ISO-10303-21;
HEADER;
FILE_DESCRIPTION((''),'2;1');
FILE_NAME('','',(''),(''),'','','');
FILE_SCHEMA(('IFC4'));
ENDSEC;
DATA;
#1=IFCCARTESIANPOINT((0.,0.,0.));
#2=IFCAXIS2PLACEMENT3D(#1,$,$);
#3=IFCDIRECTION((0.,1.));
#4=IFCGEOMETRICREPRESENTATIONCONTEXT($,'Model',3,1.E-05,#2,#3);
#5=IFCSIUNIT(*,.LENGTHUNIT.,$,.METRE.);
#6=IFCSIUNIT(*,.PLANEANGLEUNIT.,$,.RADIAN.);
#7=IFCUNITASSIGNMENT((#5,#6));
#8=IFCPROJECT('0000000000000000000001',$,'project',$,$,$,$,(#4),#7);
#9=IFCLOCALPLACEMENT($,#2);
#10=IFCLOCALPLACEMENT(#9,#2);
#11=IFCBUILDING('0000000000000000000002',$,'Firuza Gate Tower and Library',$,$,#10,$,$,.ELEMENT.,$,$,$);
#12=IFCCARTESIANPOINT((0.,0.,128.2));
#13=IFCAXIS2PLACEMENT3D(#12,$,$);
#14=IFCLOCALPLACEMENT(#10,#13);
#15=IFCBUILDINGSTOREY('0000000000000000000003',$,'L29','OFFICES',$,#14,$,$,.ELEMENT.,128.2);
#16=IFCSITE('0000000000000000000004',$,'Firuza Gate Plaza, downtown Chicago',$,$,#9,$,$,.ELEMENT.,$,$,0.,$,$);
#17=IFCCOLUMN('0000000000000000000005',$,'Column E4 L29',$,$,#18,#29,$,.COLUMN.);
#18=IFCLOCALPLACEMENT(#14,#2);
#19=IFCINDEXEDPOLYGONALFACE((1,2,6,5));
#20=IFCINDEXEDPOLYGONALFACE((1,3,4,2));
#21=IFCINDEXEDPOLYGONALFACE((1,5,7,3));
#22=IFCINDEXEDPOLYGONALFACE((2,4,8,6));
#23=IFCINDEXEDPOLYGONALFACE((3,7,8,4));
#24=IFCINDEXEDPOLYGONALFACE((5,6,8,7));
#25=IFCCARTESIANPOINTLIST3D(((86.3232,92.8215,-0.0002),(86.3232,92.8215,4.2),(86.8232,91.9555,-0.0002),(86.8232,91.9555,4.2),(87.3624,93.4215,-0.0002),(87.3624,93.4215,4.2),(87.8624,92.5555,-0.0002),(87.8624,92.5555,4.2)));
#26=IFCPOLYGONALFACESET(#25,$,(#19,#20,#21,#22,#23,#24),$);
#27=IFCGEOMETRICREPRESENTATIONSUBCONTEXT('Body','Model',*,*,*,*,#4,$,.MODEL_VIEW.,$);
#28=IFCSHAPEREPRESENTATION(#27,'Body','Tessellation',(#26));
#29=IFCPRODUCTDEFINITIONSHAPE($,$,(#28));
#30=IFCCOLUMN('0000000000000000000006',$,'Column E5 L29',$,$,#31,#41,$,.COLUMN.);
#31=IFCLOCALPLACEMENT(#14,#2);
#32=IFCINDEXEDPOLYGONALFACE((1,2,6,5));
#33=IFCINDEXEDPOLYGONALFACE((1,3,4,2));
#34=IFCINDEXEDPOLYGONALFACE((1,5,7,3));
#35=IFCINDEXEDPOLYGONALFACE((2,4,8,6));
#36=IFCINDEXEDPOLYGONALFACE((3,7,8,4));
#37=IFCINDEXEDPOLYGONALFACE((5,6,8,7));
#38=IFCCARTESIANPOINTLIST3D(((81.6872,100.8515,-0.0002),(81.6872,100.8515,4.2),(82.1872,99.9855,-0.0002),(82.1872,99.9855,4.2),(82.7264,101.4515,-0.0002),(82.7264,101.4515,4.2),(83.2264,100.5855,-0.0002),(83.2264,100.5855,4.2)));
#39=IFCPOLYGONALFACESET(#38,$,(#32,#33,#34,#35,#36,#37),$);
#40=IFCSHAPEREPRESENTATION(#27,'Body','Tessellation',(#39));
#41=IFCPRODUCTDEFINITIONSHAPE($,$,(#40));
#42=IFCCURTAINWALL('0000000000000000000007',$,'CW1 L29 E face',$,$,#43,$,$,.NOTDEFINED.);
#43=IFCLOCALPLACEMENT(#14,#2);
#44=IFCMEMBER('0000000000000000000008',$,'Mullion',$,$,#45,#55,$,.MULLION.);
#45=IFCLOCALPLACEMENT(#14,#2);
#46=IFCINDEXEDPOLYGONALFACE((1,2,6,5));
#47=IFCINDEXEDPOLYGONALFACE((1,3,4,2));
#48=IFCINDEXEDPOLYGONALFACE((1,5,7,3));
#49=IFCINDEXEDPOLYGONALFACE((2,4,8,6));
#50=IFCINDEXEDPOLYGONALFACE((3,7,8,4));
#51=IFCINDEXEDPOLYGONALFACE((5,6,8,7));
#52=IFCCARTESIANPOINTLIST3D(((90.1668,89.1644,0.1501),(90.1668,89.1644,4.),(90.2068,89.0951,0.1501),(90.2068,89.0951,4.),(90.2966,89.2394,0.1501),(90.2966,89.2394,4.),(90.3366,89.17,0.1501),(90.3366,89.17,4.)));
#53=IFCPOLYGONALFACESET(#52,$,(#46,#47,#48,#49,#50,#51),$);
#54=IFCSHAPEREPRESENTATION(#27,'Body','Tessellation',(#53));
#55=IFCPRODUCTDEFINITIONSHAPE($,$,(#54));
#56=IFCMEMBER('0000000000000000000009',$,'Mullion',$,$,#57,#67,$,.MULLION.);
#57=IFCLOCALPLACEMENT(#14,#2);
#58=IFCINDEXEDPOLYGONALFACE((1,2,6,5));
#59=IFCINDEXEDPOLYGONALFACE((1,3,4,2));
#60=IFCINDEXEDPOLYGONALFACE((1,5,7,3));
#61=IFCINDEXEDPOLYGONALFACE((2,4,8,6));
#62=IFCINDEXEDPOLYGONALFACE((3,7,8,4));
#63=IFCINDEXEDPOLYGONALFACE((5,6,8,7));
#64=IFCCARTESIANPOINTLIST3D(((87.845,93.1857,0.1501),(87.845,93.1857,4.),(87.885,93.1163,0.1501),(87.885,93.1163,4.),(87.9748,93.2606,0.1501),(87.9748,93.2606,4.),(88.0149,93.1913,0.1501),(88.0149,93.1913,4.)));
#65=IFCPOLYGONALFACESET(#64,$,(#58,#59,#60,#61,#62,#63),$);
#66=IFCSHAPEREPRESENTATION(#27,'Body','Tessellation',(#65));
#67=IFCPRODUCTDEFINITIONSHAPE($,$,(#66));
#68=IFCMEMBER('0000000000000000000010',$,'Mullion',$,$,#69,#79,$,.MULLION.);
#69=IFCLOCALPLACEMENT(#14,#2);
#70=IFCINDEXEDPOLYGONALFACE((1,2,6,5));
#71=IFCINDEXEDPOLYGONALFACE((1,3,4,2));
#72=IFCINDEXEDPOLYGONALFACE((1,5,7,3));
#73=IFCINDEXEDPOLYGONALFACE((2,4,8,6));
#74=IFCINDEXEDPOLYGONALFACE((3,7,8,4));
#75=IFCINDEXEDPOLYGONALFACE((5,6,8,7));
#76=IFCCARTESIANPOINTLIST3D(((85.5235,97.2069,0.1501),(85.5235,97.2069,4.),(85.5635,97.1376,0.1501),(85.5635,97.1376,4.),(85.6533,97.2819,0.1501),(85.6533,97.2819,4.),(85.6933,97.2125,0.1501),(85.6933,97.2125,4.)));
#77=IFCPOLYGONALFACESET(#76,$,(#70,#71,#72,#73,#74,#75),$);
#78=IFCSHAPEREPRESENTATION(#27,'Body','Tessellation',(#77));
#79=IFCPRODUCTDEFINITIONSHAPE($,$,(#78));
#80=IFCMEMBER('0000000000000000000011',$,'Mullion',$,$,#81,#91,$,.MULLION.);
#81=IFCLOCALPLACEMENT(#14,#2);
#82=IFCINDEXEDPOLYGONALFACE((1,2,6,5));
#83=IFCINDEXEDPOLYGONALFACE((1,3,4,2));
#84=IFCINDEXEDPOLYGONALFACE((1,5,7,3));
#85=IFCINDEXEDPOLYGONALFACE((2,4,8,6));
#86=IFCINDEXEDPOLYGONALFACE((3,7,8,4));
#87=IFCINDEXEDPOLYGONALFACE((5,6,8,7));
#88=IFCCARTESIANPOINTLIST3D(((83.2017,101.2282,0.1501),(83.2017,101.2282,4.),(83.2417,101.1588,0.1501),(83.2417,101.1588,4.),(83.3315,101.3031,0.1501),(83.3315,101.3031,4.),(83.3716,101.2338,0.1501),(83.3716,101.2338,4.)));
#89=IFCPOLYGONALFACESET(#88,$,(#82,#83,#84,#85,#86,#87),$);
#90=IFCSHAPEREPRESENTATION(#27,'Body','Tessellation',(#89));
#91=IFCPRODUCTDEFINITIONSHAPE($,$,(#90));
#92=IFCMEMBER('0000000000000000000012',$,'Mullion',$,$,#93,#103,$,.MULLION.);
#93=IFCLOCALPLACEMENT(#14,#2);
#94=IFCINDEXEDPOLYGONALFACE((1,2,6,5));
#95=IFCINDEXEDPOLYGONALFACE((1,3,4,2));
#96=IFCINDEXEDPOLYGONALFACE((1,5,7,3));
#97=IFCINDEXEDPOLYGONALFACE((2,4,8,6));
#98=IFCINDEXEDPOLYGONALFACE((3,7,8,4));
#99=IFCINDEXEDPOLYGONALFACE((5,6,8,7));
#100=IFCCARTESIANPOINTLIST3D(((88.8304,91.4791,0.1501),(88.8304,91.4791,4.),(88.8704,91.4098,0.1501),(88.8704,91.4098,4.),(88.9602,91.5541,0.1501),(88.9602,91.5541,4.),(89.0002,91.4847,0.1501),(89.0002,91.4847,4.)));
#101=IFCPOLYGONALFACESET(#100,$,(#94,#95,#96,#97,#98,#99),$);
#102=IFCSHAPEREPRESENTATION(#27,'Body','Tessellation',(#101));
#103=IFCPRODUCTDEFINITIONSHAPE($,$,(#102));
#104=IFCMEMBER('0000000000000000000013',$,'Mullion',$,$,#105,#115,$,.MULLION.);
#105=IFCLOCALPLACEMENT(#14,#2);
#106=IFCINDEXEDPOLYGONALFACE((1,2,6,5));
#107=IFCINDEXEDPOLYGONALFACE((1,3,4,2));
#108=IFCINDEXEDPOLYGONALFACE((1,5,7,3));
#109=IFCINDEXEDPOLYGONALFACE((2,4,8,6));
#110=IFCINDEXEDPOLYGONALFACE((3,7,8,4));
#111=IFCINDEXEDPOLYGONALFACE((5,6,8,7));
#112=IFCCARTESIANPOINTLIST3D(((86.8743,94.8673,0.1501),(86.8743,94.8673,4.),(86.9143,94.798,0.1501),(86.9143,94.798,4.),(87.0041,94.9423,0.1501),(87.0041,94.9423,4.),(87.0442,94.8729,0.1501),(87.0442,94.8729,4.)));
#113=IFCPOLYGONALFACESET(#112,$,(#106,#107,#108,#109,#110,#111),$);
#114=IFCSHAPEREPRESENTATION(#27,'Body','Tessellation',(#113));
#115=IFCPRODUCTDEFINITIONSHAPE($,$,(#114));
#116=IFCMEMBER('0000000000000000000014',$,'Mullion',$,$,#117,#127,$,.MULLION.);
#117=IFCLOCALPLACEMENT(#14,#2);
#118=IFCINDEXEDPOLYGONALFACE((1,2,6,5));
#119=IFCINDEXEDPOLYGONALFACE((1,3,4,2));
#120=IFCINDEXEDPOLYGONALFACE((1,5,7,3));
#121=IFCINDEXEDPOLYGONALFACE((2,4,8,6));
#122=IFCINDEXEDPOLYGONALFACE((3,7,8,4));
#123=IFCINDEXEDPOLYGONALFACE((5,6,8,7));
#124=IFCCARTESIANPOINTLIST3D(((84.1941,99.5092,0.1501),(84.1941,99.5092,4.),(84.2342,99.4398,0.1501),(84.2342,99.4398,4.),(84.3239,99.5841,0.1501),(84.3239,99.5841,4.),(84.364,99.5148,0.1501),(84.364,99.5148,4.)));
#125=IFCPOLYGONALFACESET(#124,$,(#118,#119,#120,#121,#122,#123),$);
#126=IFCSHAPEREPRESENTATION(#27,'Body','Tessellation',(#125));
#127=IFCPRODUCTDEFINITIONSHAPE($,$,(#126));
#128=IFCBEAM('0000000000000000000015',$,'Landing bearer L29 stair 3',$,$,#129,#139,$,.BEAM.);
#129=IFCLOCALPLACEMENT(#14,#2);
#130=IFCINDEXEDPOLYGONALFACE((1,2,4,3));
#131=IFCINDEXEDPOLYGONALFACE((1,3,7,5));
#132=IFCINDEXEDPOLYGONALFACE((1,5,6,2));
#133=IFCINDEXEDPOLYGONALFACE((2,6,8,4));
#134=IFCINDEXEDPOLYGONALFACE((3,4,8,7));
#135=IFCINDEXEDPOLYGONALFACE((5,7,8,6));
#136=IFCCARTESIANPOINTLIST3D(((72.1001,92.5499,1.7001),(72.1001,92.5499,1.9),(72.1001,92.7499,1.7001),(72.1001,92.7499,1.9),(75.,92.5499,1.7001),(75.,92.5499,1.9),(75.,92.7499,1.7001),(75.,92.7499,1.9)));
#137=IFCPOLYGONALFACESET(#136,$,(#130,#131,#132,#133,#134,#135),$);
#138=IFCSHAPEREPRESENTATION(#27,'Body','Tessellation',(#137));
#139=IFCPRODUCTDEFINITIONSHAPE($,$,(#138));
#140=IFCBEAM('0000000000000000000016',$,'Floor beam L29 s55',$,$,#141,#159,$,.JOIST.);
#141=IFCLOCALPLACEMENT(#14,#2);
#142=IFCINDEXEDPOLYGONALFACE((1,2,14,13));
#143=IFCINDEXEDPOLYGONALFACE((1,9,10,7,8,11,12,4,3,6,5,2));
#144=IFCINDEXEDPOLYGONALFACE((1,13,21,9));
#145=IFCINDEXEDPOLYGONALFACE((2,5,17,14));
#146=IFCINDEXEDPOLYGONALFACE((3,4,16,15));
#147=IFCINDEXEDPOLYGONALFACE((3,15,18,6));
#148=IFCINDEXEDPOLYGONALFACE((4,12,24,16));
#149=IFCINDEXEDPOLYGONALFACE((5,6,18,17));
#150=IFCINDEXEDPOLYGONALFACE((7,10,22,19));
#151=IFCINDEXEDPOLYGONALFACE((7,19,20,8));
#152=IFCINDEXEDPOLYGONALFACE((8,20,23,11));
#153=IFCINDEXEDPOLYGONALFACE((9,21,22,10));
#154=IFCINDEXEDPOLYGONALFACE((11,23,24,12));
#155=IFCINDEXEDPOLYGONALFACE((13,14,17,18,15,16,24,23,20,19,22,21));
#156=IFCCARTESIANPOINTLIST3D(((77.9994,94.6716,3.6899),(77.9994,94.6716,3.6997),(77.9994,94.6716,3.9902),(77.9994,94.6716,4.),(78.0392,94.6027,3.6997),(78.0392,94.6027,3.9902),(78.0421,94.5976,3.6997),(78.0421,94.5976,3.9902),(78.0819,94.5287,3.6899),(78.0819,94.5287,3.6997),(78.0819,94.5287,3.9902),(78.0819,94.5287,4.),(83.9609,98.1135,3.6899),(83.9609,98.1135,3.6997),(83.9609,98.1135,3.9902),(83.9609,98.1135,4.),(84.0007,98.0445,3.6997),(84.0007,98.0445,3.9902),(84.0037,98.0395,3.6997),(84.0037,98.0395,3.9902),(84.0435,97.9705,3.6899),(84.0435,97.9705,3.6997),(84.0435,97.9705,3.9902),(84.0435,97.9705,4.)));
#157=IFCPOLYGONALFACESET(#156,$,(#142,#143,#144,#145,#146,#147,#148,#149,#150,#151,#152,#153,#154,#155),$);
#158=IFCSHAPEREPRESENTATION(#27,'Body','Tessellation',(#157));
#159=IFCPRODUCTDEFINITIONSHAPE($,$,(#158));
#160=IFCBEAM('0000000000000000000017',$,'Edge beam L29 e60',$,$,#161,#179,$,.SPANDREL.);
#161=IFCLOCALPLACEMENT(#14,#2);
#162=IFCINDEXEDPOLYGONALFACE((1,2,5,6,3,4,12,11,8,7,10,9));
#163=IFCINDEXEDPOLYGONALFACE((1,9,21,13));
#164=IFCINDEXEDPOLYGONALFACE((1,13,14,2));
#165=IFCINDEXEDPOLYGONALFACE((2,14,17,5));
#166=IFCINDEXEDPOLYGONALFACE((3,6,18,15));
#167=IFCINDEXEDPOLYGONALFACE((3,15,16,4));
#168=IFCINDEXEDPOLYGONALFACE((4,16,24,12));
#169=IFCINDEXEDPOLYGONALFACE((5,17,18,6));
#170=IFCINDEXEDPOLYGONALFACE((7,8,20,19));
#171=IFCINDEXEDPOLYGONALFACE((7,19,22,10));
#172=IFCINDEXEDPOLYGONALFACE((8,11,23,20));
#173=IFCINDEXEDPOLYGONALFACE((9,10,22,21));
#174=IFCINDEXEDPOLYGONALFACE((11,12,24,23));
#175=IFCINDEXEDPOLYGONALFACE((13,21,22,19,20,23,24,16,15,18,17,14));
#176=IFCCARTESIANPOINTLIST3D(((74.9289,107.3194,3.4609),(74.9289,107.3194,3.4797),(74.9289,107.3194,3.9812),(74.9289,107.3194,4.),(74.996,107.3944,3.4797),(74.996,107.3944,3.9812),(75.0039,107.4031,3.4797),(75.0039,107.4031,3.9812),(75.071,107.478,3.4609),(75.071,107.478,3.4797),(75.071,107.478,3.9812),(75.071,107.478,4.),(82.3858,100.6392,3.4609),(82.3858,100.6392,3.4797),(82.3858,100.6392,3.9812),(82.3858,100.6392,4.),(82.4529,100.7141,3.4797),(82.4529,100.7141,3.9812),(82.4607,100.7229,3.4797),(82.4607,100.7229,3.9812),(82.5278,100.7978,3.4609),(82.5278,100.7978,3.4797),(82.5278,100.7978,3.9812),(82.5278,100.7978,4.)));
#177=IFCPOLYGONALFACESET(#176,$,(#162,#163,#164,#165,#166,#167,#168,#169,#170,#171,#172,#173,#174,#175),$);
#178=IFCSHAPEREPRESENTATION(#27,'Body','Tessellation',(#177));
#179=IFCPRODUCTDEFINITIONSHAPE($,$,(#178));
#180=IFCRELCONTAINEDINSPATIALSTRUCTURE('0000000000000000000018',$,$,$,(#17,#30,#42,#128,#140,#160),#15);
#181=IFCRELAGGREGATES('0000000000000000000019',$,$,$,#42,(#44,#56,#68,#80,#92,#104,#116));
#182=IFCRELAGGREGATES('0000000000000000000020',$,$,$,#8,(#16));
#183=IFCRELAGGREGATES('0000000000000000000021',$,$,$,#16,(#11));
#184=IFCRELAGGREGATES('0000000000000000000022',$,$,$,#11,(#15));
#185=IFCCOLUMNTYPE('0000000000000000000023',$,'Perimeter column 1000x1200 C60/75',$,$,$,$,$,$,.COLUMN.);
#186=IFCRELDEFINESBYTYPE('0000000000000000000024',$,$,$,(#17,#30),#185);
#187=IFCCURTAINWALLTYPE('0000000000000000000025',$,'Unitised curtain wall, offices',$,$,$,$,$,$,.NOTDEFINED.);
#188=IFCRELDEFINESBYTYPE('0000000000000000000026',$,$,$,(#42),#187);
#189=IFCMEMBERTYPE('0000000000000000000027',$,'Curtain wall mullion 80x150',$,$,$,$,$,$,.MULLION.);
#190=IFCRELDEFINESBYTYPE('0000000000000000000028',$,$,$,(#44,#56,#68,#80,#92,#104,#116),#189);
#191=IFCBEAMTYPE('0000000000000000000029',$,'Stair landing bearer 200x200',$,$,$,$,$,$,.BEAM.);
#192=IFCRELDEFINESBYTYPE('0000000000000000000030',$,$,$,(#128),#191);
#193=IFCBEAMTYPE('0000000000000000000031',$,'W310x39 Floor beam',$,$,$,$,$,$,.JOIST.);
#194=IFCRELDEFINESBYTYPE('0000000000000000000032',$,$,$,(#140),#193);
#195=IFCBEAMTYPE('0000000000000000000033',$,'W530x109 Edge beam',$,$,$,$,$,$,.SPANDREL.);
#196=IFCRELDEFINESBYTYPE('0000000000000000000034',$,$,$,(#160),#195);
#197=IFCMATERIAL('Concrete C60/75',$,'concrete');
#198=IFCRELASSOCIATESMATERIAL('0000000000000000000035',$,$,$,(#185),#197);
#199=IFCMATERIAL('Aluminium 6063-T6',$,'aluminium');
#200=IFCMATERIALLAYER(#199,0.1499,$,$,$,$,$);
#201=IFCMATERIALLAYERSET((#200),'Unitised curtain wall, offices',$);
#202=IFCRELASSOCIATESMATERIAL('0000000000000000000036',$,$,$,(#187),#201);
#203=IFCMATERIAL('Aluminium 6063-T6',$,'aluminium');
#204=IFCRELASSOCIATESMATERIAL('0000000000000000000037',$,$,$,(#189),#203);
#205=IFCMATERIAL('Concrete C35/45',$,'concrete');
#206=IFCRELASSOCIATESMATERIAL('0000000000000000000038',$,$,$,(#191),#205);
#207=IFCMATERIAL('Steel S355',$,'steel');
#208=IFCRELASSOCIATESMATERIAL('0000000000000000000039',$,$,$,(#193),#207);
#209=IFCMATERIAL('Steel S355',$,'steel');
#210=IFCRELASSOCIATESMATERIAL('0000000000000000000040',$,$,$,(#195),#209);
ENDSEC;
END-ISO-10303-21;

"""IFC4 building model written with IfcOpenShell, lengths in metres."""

from ifc_helpers import new_model, si_unit, direction, frame, origin, origin_2d, place, context, subcontext, project, spatial, rectangle, i_section, extrude, material, layer, layer_set, material_profile, profile_set, type_object, element, aggregate, save


model = new_model("IFC4")

# Units and contexts
model_context = context("Model", 3, precision=1e-05, world=origin(), true_north=direction((0.0, 1.0)))
body_context = subcontext(model_context, "Body", "Model", "MODEL_VIEW")
ifc_project = project(units=[si_unit("LENGTHUNIT", "METRE"), si_unit("PLANEANGLEUNIT", "RADIAN")], contexts=[model_context])

# Site, building, storey
site_placement = place(None, origin())
site = spatial("IfcSite", under=ifc_project, at=site_placement, Name="Firuza Gate Plaza, downtown Chicago", CompositionType="ELEMENT", RefElevation=0.0)
building_placement = place(site_placement, origin())
building = spatial("IfcBuilding", under=site, at=building_placement, Name="Firuza Gate Tower and Library", CompositionType="ELEMENT")
storey_placement = place(building_placement, frame((0.0, 0.0, 128.2)))
storey = spatial("IfcBuildingStorey", under=building, at=storey_placement, Name="L29", Description="OFFICES", CompositionType="ELEMENT", Elevation=128.2)

# Columns
ifc_material_1 = material(Name="Concrete C60/75", Category="concrete")
ifc_material_profile_1 = material_profile(ifc_material_1, rectangle(XDim=1.0, YDim=1.2, at=origin_2d()))
ifc_profile_set_1 = profile_set([ifc_material_profile_1], Name="Concrete C60/75")
column_type = type_object("IfcColumnType", Name="Perimeter column 1000x1200 C60/75", PredefinedType="COLUMN", material=ifc_profile_set_1)
for number, where, z_axis, x_axis, name in (
    (1, (87.0928, 92.6885, -0.0002), (0.0, 0.0, 1.0), (-0.5, 0.866025, 0.0), "Column E4 L29"),
    (2, (82.4568, 100.7185, -0.0002), (0.0, 0.0, 1.0), (-0.5, 0.866025, 0.0), "Column E5 L29"),
):
    element("IfcColumn", number, at=place(storey_placement, frame(where, z_axis=z_axis, x_axis=x_axis)), inside=storey, type_object=column_type, Name=name, PredefinedType="COLUMN", context=body_context, shape_type="SweptSolid", body=[
        extrude(rectangle(XDim=1.0, YDim=1.2, at=origin_2d()), origin(), (0.0, 0.0, 1.0), 4.2002),
    ])

# Curtain wall, members
ifc_material_2 = material(Name="Aluminium 6063-T6", Category="aluminium")
ifc_layer_1 = layer(ifc_material_2, 0.1499)
ifc_layer_set_1 = layer_set([ifc_layer_1], Name="Unitised curtain wall, offices")
curtain_wall_type = type_object("IfcCurtainWallType", Name="Unitised curtain wall, offices", PredefinedType="NOTDEFINED", material=ifc_layer_set_1)
curtain_wall_placement = place(storey_placement, origin())
curtain_wall = element("IfcCurtainWall", 3, at=curtain_wall_placement, inside=storey, type_object=curtain_wall_type, Name="CW1 L29 E face", PredefinedType="NOTDEFINED")
ifc_material_3 = material(Name="Aluminium 6063-T6", Category="aluminium")
ifc_material_profile_2 = material_profile(ifc_material_3, rectangle(XDim=0.1499, YDim=0.0801, at=origin_2d()))
ifc_profile_set_2 = profile_set([ifc_material_profile_2], Name="Aluminium 6063-T6")
member_type = type_object("IfcMemberType", Name="Curtain wall mullion 80x150", PredefinedType="MULLION", material=ifc_profile_set_2)
member_1_placement = place(storey_placement, frame((90.2517, 89.1672, 0.1501), z_axis=(0.0, 0.0, 1.0), x_axis=(-0.866025, -0.5, 0.0)))
member_1 = element("IfcMember", 4, at=member_1_placement, type_object=member_type, Name="Mullion", PredefinedType="MULLION", context=body_context, shape_type="SweptSolid", body=[
    extrude(rectangle(XDim=0.1499, YDim=0.0801, at=origin_2d()), origin(), (0.0, 0.0, 1.0), 3.8499),
])
member_2_placement = place(storey_placement, frame((87.9299, 93.1885, 0.1501), z_axis=(0.0, 0.0, 1.0), x_axis=(-0.866025, -0.5, 0.0)))
member_2 = element("IfcMember", 5, at=member_2_placement, type_object=member_type, Name="Mullion", PredefinedType="MULLION", context=body_context, shape_type="SweptSolid", body=[
    extrude(rectangle(XDim=0.1499, YDim=0.0801, at=origin_2d()), origin(), (0.0, 0.0, 1.0), 3.8499),
])
member_3_placement = place(storey_placement, frame((85.6084, 97.2097, 0.1501), z_axis=(0.0, 0.0, 1.0), x_axis=(-0.866025, -0.5, 0.0)))
member_3 = element("IfcMember", 6, at=member_3_placement, type_object=member_type, Name="Mullion", PredefinedType="MULLION", context=body_context, shape_type="SweptSolid", body=[
    extrude(rectangle(XDim=0.1499, YDim=0.0801, at=origin_2d()), origin(), (0.0, 0.0, 1.0), 3.8499),
])
member_4_placement = place(storey_placement, frame((83.2866, 101.231, 0.1501), z_axis=(0.0, 0.0, 1.0), x_axis=(-0.866025, -0.5, 0.0)))
member_4 = element("IfcMember", 7, at=member_4_placement, type_object=member_type, Name="Mullion", PredefinedType="MULLION", context=body_context, shape_type="SweptSolid", body=[
    extrude(rectangle(XDim=0.1499, YDim=0.0801, at=origin_2d()), origin(), (0.0, 0.0, 1.0), 3.8499),
])
member_5_placement = place(storey_placement, frame((88.9153, 91.4819, 0.1501), z_axis=(0.0, 0.0, 1.0), x_axis=(-0.866025, -0.5, 0.0)))
member_5 = element("IfcMember", 8, at=member_5_placement, type_object=member_type, Name="Mullion", PredefinedType="MULLION", context=body_context, shape_type="SweptSolid", body=[
    extrude(rectangle(XDim=0.1499, YDim=0.0801, at=origin_2d()), origin(), (0.0, 0.0, 1.0), 3.8499),
])
member_6_placement = place(storey_placement, frame((86.9592, 94.8701, 0.1501), z_axis=(0.0, 0.0, 1.0), x_axis=(-0.866025, -0.5, 0.0)))
member_6 = element("IfcMember", 9, at=member_6_placement, type_object=member_type, Name="Mullion", PredefinedType="MULLION", context=body_context, shape_type="SweptSolid", body=[
    extrude(rectangle(XDim=0.1499, YDim=0.0801, at=origin_2d()), origin(), (0.0, 0.0, 1.0), 3.8499),
])
member_7_placement = place(storey_placement, frame((84.2791, 99.512, 0.1501), z_axis=(0.0, 0.0, 1.0), x_axis=(-0.866025, -0.5, 0.0)))
member_7 = element("IfcMember", 10, at=member_7_placement, type_object=member_type, Name="Mullion", PredefinedType="MULLION", context=body_context, shape_type="SweptSolid", body=[
    extrude(rectangle(XDim=0.1499, YDim=0.0801, at=origin_2d()), origin(), (0.0, 0.0, 1.0), 3.8499),
])

# Beams
ifc_material_4 = material(Name="Concrete C35/45", Category="concrete")
ifc_material_profile_3 = material_profile(ifc_material_4, rectangle(XDim=0.2, YDim=0.2, at=origin_2d()))
ifc_profile_set_3 = profile_set([ifc_material_profile_3], Name="Concrete C35/45")
beam_type_1 = type_object("IfcBeamType", Name="Stair landing bearer 200x200", PredefinedType="BEAM", material=ifc_profile_set_3)
beam_1_placement = place(storey_placement, frame((75.0, 92.6499, 1.8), z_axis=(-1.0, 0.0, 0.0), x_axis=(0.0, -1.0, 0.0)))
element("IfcBeam", 11, at=beam_1_placement, inside=storey, type_object=beam_type_1, Name="Landing bearer L29 stair 3", PredefinedType="BEAM", context=body_context, shape_type="SweptSolid", body=[
    extrude(rectangle(XDim=0.2, YDim=0.2, at=origin_2d()), origin(), (0.0, 0.0, 1.0), 2.8999),
])
ifc_material_5 = material(Name="Steel S355", Category="steel")
ifc_material_profile_4 = material_profile(ifc_material_5, i_section(OverallWidth=0.165, OverallDepth=0.3101, WebThickness=0.0059, FlangeThickness=0.0098, at=origin_2d()))
ifc_profile_set_4 = profile_set([ifc_material_profile_4], Name="Steel S355")
beam_type_2 = type_object("IfcBeamType", Name="W310x39 Floor beam", PredefinedType="JOIST", material=ifc_profile_set_4)
beam_2_placement = place(storey_placement, frame((84.0022, 98.042, 3.845), z_axis=(-0.86603, -0.499992, 0.0), x_axis=(0.499992, -0.86603, 0.0)))
element("IfcBeam", 12, at=beam_2_placement, inside=storey, type_object=beam_type_2, Name="Floor beam L29 s55", PredefinedType="JOIST", context=body_context, shape_type="SweptSolid", body=[
    extrude(i_section(OverallWidth=0.165, OverallDepth=0.3101, WebThickness=0.0059, FlangeThickness=0.0098, at=origin_2d()), origin(), (0.0, 0.0, 1.0), 6.8838),
])
ifc_material_6 = material(Name="Steel S355", Category="steel")
ifc_material_profile_5 = material_profile(ifc_material_6, i_section(OverallWidth=0.2129, OverallDepth=0.5391, WebThickness=0.0117, FlangeThickness=0.0188, at=origin_2d()))
ifc_profile_set_5 = profile_set([ifc_material_profile_5], Name="Steel S355")
beam_type_3 = type_object("IfcBeamType", Name="W530x109 Edge beam", PredefinedType="SPANDREL", material=ifc_profile_set_5)
beam_3_placement = place(storey_placement, frame((82.4568, 100.7185, 3.7305), z_axis=(-0.744829, 0.667256, 0.0), x_axis=(-0.667256, -0.744829, 0.0)))
element("IfcBeam", 13, at=beam_3_placement, inside=storey, type_object=beam_type_3, Name="Edge beam L29 e60", PredefinedType="SPANDREL", context=body_context, shape_type="SweptSolid", body=[
    extrude(i_section(OverallWidth=0.2129, OverallDepth=0.5391, WebThickness=0.0117, FlangeThickness=0.0188, at=origin_2d()), origin(), (0.0, 0.0, 1.0), 10.0115),
])

aggregate(curtain_wall, [member_1, member_2, member_3, member_4, member_5, member_6, member_7])

save(model, "model.ifc")
